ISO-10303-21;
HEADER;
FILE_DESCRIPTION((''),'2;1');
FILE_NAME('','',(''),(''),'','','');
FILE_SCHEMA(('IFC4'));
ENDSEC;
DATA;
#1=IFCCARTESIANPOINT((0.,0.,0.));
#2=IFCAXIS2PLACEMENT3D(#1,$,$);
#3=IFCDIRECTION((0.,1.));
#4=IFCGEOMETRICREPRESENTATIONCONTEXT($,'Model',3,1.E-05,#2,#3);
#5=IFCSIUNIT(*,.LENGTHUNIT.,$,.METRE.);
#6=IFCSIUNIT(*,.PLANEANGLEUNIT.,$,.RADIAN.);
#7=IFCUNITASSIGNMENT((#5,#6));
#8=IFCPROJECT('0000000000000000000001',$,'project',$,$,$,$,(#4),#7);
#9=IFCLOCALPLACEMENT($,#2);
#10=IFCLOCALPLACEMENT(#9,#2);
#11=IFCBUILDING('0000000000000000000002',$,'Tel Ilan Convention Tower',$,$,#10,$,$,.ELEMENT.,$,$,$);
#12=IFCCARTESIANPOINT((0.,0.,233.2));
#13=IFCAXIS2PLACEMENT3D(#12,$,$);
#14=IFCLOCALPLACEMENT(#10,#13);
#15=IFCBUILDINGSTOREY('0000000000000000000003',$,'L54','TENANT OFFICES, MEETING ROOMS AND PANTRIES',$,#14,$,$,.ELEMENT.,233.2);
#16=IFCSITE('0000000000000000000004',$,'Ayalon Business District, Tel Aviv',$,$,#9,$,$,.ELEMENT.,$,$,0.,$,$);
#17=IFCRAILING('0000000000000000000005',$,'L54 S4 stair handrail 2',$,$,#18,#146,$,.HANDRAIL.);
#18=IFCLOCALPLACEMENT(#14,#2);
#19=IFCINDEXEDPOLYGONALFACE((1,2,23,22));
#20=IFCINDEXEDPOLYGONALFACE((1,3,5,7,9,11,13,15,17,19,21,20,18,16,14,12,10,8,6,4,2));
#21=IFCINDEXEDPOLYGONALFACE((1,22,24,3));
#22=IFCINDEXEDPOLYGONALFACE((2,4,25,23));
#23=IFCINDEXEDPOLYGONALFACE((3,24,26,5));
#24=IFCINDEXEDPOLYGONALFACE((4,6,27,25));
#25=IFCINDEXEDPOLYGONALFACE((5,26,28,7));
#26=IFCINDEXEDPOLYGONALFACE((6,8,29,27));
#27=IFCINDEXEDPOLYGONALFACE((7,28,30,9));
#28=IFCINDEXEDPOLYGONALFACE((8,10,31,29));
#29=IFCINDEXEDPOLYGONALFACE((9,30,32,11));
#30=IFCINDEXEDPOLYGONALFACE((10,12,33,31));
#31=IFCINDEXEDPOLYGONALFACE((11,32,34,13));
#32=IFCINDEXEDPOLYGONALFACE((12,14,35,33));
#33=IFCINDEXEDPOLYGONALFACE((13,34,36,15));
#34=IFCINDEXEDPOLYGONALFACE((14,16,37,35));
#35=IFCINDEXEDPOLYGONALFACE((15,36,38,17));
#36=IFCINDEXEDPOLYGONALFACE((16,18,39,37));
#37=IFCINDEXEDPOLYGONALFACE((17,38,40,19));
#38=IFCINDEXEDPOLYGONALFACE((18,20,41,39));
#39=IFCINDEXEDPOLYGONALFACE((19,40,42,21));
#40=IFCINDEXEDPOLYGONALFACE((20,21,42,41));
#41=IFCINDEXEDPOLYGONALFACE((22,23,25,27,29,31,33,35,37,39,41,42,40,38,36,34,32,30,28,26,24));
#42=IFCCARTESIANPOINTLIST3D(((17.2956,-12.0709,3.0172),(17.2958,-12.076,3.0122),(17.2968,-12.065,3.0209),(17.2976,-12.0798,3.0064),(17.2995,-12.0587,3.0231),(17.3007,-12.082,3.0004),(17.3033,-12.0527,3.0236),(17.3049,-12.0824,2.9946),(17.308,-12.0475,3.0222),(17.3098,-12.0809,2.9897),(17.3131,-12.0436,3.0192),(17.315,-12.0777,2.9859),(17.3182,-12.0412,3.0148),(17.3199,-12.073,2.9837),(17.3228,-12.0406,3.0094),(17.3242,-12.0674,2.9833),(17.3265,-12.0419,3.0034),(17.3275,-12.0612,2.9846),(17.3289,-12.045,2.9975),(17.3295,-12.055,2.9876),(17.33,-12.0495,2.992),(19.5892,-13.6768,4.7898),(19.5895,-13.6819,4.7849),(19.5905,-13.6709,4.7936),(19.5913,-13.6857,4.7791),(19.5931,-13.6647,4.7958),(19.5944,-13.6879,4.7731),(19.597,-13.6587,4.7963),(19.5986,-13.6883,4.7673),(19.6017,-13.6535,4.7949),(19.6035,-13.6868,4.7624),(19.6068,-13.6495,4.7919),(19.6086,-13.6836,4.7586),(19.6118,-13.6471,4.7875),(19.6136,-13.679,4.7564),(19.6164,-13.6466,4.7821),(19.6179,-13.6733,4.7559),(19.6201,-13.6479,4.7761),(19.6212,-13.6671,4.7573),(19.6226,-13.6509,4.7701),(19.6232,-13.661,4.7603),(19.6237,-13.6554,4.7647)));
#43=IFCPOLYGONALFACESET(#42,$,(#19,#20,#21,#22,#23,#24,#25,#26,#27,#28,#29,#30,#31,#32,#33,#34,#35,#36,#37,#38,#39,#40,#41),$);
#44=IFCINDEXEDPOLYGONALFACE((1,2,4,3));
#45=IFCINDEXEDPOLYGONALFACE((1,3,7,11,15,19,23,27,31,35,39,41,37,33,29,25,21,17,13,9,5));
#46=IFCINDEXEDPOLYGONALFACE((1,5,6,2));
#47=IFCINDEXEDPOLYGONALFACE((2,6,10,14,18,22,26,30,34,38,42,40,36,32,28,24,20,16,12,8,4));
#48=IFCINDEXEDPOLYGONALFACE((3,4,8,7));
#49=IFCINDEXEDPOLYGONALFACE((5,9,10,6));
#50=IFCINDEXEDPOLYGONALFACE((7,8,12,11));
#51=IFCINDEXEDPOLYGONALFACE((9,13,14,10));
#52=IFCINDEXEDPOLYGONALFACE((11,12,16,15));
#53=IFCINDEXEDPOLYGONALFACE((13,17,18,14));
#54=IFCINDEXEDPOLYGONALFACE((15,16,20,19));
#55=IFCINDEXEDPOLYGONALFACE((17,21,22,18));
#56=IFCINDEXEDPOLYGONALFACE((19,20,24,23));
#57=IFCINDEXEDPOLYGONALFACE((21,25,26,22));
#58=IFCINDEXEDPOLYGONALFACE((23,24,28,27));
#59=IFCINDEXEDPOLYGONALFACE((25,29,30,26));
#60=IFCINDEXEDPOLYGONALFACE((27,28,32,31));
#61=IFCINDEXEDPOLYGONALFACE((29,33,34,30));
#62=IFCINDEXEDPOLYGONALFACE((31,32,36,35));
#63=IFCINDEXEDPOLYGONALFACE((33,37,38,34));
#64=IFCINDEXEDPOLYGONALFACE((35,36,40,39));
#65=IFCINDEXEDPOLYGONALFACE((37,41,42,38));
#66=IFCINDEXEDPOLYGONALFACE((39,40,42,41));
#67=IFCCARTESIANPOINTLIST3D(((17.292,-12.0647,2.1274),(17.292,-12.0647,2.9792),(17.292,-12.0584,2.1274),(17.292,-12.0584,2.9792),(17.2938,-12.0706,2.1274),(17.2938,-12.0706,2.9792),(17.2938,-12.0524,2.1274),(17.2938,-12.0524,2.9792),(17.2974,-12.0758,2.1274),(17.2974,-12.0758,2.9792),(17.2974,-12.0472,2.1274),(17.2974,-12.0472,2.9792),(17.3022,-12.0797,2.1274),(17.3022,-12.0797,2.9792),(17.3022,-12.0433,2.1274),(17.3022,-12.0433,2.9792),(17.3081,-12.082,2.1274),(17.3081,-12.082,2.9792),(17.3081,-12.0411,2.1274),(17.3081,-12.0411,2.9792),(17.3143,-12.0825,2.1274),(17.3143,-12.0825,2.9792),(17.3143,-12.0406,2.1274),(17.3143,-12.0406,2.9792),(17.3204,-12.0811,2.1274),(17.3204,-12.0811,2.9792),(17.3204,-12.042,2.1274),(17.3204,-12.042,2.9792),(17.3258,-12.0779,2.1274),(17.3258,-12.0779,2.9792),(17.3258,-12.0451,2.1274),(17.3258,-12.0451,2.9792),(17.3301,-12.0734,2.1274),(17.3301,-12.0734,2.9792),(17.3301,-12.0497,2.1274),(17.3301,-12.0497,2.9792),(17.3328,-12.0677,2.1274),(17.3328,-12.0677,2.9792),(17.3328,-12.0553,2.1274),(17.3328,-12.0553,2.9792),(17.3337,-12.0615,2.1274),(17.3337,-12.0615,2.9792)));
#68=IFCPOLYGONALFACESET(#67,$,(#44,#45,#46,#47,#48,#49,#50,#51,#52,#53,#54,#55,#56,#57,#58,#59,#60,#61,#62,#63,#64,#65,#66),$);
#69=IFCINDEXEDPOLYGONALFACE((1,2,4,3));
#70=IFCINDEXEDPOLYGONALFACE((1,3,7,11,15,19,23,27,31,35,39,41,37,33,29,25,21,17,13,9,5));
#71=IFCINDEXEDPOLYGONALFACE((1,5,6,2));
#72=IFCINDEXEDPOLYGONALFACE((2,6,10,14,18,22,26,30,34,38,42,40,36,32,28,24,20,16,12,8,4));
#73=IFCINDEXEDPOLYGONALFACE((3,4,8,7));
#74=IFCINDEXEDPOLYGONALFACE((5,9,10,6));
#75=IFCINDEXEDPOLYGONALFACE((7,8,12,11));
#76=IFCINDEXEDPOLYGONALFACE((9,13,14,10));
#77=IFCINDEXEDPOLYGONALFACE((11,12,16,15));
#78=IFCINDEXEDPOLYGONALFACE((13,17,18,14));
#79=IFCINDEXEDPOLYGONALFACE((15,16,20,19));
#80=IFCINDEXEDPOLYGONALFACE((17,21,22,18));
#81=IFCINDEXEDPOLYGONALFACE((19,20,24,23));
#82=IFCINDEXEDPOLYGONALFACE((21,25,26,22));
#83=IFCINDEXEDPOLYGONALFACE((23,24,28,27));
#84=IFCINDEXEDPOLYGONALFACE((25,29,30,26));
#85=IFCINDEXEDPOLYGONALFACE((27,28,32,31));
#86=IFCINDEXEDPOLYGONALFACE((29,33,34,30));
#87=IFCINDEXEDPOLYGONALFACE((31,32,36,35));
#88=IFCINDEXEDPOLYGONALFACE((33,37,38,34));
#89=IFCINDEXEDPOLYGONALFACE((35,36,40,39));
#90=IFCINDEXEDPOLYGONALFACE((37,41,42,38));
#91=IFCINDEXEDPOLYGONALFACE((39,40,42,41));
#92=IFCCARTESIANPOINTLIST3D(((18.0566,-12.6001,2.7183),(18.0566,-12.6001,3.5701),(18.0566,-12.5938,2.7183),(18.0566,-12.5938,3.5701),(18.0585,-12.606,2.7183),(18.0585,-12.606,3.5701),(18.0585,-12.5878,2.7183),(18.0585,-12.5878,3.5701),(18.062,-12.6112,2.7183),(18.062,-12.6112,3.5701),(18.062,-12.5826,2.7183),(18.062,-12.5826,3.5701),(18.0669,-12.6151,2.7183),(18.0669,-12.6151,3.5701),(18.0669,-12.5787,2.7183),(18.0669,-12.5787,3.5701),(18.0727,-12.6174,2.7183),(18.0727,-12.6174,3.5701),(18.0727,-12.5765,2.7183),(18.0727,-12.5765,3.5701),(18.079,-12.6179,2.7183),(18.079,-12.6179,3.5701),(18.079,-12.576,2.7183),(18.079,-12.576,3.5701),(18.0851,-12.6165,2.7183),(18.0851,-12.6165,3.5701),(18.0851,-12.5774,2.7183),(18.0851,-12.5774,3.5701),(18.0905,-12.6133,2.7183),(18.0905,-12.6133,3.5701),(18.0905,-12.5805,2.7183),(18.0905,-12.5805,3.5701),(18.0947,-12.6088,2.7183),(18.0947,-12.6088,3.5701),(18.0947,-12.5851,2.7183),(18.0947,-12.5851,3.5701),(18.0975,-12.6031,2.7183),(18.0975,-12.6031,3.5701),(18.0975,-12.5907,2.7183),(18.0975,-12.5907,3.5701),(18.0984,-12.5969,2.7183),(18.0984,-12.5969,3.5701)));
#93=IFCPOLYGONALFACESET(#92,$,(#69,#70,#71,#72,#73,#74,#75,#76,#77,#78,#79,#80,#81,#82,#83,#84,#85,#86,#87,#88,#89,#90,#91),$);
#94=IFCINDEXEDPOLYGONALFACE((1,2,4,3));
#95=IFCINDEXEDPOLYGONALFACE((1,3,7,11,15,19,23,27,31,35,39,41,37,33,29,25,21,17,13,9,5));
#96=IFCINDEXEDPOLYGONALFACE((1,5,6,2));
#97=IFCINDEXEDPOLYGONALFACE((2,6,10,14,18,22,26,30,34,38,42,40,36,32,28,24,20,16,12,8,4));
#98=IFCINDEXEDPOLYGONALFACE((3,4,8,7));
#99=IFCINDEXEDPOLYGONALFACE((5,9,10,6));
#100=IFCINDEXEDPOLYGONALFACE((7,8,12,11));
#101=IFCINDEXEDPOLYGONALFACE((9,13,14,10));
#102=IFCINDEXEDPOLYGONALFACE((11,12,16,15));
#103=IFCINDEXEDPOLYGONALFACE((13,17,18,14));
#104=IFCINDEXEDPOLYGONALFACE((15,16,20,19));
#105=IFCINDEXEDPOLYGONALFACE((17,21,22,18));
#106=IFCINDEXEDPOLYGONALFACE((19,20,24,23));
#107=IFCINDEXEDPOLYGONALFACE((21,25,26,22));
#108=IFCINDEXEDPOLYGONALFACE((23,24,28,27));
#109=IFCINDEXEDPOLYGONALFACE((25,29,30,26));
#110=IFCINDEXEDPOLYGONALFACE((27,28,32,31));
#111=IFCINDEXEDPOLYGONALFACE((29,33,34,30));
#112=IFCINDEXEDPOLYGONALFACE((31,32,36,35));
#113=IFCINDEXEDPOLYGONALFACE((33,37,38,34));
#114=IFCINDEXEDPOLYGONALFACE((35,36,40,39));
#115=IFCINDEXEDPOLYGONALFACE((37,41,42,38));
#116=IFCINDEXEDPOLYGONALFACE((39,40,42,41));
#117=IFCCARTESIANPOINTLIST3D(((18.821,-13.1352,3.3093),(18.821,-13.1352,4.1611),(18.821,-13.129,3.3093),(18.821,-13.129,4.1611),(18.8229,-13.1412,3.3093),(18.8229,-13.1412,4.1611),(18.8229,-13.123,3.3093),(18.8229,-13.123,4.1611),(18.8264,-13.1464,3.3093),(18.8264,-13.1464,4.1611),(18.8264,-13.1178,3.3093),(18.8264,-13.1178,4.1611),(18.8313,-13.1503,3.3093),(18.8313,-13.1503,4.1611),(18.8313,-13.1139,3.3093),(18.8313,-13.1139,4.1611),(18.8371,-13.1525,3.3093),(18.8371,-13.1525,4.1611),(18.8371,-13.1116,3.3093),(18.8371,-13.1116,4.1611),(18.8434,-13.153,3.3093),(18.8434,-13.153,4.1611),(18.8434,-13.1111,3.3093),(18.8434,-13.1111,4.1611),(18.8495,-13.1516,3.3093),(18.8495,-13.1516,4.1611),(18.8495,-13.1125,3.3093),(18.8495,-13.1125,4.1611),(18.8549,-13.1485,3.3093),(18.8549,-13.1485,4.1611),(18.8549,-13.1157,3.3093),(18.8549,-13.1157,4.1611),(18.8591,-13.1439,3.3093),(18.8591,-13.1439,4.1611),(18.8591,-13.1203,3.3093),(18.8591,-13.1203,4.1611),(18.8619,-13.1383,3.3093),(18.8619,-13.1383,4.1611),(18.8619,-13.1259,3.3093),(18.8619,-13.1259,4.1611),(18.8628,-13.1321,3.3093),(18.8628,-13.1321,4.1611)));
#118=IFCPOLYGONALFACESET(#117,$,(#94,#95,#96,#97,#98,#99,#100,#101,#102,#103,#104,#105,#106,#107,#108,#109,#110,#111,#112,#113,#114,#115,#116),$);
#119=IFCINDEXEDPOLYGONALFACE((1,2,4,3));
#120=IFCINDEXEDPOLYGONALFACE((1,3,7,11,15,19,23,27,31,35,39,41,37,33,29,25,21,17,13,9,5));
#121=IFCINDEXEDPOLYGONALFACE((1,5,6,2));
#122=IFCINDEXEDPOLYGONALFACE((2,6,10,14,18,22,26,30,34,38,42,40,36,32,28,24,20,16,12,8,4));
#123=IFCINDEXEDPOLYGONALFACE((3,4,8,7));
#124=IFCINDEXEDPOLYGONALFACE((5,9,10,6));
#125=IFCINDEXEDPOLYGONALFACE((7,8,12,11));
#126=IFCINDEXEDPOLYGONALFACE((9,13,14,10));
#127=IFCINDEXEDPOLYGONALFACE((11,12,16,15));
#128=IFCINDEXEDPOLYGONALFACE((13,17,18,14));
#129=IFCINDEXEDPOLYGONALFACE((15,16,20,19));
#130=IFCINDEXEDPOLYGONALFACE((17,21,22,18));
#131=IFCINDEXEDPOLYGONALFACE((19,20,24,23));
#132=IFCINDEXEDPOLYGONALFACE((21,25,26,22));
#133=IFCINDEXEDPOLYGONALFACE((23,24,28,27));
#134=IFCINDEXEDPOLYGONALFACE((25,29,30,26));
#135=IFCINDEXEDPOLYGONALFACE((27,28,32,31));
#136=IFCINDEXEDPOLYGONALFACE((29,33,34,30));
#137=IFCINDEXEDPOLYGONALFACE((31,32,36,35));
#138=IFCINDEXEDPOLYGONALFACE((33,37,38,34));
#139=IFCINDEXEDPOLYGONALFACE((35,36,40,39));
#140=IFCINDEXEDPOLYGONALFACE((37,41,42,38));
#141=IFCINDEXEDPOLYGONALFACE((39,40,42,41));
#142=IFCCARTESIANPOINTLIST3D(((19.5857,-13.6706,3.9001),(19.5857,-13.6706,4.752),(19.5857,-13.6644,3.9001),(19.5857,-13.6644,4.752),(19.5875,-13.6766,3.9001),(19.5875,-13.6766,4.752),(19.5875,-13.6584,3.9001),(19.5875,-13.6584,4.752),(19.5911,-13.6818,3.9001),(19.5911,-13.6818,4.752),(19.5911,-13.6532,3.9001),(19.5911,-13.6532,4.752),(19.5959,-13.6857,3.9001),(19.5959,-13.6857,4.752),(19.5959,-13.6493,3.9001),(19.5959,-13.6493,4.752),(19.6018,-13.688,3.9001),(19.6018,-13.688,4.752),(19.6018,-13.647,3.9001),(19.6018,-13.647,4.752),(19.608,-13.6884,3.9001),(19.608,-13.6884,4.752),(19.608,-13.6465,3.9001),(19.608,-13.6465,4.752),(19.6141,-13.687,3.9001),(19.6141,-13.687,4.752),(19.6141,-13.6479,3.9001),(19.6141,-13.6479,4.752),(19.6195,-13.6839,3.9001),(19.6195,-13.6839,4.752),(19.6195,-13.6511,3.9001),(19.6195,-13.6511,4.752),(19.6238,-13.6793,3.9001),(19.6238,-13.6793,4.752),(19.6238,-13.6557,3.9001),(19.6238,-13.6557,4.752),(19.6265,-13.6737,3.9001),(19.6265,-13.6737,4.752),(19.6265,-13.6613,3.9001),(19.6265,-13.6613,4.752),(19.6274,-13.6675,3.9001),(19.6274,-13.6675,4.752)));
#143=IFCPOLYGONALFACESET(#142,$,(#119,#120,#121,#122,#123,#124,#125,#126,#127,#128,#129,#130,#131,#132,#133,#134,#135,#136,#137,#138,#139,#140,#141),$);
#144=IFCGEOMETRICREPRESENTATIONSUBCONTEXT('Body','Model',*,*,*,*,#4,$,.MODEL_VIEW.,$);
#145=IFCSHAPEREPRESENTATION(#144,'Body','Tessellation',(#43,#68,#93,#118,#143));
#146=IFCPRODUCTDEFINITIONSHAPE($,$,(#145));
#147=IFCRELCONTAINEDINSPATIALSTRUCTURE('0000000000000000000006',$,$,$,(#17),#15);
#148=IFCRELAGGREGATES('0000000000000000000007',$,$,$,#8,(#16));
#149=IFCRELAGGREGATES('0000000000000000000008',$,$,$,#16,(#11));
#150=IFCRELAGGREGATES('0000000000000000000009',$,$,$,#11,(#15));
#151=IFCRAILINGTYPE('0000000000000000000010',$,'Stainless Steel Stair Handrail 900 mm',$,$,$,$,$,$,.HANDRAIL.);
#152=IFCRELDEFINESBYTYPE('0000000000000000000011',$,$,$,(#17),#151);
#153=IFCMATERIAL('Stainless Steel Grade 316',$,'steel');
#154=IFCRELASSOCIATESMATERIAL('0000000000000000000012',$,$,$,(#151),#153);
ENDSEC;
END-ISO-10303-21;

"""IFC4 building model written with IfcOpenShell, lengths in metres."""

from ifc_helpers import new_model, si_unit, direction, frame, origin, origin_2d, place, context, subcontext, project, spatial, circle, extrude, material, type_object, element, save


model = new_model("IFC4")

# Units and contexts
model_context = context("Model", 3, precision=1e-05, world=origin(), true_north=direction((0.0, 1.0)))
body_context = subcontext(model_context, "Body", "Model", "MODEL_VIEW")
ifc_project = project(units=[si_unit("LENGTHUNIT", "METRE"), si_unit("PLANEANGLEUNIT", "RADIAN")], contexts=[model_context])

# Site, building, storey
site_placement = place(None, origin())
site = spatial("IfcSite", under=ifc_project, at=site_placement, Name="Ayalon Business District, Tel Aviv", CompositionType="ELEMENT", RefElevation=0.0)
building_placement = place(site_placement, origin())
building = spatial("IfcBuilding", under=site, at=building_placement, Name="Tel Ilan Convention Tower", CompositionType="ELEMENT")
storey_placement = place(building_placement, frame((0.0, 0.0, 233.2)))
storey = spatial("IfcBuildingStorey", under=building, at=storey_placement, Name="L54", Description="TENANT OFFICES, MEETING ROOMS AND PANTRIES", CompositionType="ELEMENT", Elevation=233.2)

# Railing
ifc_material_1 = material(Name="Stainless Steel Grade 316", Category="steel")
railing_type = type_object("IfcRailingType", Name="Stainless Steel Stair Handrail 900 mm", PredefinedType="HANDRAIL", material=ifc_material_1)
railing_placement = place(storey_placement, frame((17.3127, -12.0615, 2.1274)))
element("IfcRailing", 1, at=railing_placement, inside=storey, type_object=railing_type, Name="L54 S4 stair handrail 2", PredefinedType="HANDRAIL", context=body_context, shape_type="SweptSolid", body=[
    extrude(circle(Radius=0.0239, at=origin_2d()), frame((0.0, 0.0, 0.876), z_axis=(0.692123, -0.484597, 0.534913), x_axis=(0.57355, 0.81917, 0.0)), (0.0, 0.0, 1.0), 3.314),
    extrude(circle(Radius=0.021, at=origin_2d()), origin(), (0.0, 0.0, 1.0), 0.8518),
    extrude(circle(Radius=0.021, at=origin_2d()), frame((0.7646, -0.5354, 0.5908)), (0.0, 0.0, 1.0), 0.8518),
    extrude(circle(Radius=0.021, at=origin_2d()), frame((1.5291, -1.0706, 1.1819)), (0.0, 0.0, 1.0), 0.8518),
    extrude(circle(Radius=0.021, at=origin_2d()), frame((2.2937, -1.606, 1.7727)), (0.0, 0.0, 1.0), 0.8518),
])

save(model, "model.ifc")
